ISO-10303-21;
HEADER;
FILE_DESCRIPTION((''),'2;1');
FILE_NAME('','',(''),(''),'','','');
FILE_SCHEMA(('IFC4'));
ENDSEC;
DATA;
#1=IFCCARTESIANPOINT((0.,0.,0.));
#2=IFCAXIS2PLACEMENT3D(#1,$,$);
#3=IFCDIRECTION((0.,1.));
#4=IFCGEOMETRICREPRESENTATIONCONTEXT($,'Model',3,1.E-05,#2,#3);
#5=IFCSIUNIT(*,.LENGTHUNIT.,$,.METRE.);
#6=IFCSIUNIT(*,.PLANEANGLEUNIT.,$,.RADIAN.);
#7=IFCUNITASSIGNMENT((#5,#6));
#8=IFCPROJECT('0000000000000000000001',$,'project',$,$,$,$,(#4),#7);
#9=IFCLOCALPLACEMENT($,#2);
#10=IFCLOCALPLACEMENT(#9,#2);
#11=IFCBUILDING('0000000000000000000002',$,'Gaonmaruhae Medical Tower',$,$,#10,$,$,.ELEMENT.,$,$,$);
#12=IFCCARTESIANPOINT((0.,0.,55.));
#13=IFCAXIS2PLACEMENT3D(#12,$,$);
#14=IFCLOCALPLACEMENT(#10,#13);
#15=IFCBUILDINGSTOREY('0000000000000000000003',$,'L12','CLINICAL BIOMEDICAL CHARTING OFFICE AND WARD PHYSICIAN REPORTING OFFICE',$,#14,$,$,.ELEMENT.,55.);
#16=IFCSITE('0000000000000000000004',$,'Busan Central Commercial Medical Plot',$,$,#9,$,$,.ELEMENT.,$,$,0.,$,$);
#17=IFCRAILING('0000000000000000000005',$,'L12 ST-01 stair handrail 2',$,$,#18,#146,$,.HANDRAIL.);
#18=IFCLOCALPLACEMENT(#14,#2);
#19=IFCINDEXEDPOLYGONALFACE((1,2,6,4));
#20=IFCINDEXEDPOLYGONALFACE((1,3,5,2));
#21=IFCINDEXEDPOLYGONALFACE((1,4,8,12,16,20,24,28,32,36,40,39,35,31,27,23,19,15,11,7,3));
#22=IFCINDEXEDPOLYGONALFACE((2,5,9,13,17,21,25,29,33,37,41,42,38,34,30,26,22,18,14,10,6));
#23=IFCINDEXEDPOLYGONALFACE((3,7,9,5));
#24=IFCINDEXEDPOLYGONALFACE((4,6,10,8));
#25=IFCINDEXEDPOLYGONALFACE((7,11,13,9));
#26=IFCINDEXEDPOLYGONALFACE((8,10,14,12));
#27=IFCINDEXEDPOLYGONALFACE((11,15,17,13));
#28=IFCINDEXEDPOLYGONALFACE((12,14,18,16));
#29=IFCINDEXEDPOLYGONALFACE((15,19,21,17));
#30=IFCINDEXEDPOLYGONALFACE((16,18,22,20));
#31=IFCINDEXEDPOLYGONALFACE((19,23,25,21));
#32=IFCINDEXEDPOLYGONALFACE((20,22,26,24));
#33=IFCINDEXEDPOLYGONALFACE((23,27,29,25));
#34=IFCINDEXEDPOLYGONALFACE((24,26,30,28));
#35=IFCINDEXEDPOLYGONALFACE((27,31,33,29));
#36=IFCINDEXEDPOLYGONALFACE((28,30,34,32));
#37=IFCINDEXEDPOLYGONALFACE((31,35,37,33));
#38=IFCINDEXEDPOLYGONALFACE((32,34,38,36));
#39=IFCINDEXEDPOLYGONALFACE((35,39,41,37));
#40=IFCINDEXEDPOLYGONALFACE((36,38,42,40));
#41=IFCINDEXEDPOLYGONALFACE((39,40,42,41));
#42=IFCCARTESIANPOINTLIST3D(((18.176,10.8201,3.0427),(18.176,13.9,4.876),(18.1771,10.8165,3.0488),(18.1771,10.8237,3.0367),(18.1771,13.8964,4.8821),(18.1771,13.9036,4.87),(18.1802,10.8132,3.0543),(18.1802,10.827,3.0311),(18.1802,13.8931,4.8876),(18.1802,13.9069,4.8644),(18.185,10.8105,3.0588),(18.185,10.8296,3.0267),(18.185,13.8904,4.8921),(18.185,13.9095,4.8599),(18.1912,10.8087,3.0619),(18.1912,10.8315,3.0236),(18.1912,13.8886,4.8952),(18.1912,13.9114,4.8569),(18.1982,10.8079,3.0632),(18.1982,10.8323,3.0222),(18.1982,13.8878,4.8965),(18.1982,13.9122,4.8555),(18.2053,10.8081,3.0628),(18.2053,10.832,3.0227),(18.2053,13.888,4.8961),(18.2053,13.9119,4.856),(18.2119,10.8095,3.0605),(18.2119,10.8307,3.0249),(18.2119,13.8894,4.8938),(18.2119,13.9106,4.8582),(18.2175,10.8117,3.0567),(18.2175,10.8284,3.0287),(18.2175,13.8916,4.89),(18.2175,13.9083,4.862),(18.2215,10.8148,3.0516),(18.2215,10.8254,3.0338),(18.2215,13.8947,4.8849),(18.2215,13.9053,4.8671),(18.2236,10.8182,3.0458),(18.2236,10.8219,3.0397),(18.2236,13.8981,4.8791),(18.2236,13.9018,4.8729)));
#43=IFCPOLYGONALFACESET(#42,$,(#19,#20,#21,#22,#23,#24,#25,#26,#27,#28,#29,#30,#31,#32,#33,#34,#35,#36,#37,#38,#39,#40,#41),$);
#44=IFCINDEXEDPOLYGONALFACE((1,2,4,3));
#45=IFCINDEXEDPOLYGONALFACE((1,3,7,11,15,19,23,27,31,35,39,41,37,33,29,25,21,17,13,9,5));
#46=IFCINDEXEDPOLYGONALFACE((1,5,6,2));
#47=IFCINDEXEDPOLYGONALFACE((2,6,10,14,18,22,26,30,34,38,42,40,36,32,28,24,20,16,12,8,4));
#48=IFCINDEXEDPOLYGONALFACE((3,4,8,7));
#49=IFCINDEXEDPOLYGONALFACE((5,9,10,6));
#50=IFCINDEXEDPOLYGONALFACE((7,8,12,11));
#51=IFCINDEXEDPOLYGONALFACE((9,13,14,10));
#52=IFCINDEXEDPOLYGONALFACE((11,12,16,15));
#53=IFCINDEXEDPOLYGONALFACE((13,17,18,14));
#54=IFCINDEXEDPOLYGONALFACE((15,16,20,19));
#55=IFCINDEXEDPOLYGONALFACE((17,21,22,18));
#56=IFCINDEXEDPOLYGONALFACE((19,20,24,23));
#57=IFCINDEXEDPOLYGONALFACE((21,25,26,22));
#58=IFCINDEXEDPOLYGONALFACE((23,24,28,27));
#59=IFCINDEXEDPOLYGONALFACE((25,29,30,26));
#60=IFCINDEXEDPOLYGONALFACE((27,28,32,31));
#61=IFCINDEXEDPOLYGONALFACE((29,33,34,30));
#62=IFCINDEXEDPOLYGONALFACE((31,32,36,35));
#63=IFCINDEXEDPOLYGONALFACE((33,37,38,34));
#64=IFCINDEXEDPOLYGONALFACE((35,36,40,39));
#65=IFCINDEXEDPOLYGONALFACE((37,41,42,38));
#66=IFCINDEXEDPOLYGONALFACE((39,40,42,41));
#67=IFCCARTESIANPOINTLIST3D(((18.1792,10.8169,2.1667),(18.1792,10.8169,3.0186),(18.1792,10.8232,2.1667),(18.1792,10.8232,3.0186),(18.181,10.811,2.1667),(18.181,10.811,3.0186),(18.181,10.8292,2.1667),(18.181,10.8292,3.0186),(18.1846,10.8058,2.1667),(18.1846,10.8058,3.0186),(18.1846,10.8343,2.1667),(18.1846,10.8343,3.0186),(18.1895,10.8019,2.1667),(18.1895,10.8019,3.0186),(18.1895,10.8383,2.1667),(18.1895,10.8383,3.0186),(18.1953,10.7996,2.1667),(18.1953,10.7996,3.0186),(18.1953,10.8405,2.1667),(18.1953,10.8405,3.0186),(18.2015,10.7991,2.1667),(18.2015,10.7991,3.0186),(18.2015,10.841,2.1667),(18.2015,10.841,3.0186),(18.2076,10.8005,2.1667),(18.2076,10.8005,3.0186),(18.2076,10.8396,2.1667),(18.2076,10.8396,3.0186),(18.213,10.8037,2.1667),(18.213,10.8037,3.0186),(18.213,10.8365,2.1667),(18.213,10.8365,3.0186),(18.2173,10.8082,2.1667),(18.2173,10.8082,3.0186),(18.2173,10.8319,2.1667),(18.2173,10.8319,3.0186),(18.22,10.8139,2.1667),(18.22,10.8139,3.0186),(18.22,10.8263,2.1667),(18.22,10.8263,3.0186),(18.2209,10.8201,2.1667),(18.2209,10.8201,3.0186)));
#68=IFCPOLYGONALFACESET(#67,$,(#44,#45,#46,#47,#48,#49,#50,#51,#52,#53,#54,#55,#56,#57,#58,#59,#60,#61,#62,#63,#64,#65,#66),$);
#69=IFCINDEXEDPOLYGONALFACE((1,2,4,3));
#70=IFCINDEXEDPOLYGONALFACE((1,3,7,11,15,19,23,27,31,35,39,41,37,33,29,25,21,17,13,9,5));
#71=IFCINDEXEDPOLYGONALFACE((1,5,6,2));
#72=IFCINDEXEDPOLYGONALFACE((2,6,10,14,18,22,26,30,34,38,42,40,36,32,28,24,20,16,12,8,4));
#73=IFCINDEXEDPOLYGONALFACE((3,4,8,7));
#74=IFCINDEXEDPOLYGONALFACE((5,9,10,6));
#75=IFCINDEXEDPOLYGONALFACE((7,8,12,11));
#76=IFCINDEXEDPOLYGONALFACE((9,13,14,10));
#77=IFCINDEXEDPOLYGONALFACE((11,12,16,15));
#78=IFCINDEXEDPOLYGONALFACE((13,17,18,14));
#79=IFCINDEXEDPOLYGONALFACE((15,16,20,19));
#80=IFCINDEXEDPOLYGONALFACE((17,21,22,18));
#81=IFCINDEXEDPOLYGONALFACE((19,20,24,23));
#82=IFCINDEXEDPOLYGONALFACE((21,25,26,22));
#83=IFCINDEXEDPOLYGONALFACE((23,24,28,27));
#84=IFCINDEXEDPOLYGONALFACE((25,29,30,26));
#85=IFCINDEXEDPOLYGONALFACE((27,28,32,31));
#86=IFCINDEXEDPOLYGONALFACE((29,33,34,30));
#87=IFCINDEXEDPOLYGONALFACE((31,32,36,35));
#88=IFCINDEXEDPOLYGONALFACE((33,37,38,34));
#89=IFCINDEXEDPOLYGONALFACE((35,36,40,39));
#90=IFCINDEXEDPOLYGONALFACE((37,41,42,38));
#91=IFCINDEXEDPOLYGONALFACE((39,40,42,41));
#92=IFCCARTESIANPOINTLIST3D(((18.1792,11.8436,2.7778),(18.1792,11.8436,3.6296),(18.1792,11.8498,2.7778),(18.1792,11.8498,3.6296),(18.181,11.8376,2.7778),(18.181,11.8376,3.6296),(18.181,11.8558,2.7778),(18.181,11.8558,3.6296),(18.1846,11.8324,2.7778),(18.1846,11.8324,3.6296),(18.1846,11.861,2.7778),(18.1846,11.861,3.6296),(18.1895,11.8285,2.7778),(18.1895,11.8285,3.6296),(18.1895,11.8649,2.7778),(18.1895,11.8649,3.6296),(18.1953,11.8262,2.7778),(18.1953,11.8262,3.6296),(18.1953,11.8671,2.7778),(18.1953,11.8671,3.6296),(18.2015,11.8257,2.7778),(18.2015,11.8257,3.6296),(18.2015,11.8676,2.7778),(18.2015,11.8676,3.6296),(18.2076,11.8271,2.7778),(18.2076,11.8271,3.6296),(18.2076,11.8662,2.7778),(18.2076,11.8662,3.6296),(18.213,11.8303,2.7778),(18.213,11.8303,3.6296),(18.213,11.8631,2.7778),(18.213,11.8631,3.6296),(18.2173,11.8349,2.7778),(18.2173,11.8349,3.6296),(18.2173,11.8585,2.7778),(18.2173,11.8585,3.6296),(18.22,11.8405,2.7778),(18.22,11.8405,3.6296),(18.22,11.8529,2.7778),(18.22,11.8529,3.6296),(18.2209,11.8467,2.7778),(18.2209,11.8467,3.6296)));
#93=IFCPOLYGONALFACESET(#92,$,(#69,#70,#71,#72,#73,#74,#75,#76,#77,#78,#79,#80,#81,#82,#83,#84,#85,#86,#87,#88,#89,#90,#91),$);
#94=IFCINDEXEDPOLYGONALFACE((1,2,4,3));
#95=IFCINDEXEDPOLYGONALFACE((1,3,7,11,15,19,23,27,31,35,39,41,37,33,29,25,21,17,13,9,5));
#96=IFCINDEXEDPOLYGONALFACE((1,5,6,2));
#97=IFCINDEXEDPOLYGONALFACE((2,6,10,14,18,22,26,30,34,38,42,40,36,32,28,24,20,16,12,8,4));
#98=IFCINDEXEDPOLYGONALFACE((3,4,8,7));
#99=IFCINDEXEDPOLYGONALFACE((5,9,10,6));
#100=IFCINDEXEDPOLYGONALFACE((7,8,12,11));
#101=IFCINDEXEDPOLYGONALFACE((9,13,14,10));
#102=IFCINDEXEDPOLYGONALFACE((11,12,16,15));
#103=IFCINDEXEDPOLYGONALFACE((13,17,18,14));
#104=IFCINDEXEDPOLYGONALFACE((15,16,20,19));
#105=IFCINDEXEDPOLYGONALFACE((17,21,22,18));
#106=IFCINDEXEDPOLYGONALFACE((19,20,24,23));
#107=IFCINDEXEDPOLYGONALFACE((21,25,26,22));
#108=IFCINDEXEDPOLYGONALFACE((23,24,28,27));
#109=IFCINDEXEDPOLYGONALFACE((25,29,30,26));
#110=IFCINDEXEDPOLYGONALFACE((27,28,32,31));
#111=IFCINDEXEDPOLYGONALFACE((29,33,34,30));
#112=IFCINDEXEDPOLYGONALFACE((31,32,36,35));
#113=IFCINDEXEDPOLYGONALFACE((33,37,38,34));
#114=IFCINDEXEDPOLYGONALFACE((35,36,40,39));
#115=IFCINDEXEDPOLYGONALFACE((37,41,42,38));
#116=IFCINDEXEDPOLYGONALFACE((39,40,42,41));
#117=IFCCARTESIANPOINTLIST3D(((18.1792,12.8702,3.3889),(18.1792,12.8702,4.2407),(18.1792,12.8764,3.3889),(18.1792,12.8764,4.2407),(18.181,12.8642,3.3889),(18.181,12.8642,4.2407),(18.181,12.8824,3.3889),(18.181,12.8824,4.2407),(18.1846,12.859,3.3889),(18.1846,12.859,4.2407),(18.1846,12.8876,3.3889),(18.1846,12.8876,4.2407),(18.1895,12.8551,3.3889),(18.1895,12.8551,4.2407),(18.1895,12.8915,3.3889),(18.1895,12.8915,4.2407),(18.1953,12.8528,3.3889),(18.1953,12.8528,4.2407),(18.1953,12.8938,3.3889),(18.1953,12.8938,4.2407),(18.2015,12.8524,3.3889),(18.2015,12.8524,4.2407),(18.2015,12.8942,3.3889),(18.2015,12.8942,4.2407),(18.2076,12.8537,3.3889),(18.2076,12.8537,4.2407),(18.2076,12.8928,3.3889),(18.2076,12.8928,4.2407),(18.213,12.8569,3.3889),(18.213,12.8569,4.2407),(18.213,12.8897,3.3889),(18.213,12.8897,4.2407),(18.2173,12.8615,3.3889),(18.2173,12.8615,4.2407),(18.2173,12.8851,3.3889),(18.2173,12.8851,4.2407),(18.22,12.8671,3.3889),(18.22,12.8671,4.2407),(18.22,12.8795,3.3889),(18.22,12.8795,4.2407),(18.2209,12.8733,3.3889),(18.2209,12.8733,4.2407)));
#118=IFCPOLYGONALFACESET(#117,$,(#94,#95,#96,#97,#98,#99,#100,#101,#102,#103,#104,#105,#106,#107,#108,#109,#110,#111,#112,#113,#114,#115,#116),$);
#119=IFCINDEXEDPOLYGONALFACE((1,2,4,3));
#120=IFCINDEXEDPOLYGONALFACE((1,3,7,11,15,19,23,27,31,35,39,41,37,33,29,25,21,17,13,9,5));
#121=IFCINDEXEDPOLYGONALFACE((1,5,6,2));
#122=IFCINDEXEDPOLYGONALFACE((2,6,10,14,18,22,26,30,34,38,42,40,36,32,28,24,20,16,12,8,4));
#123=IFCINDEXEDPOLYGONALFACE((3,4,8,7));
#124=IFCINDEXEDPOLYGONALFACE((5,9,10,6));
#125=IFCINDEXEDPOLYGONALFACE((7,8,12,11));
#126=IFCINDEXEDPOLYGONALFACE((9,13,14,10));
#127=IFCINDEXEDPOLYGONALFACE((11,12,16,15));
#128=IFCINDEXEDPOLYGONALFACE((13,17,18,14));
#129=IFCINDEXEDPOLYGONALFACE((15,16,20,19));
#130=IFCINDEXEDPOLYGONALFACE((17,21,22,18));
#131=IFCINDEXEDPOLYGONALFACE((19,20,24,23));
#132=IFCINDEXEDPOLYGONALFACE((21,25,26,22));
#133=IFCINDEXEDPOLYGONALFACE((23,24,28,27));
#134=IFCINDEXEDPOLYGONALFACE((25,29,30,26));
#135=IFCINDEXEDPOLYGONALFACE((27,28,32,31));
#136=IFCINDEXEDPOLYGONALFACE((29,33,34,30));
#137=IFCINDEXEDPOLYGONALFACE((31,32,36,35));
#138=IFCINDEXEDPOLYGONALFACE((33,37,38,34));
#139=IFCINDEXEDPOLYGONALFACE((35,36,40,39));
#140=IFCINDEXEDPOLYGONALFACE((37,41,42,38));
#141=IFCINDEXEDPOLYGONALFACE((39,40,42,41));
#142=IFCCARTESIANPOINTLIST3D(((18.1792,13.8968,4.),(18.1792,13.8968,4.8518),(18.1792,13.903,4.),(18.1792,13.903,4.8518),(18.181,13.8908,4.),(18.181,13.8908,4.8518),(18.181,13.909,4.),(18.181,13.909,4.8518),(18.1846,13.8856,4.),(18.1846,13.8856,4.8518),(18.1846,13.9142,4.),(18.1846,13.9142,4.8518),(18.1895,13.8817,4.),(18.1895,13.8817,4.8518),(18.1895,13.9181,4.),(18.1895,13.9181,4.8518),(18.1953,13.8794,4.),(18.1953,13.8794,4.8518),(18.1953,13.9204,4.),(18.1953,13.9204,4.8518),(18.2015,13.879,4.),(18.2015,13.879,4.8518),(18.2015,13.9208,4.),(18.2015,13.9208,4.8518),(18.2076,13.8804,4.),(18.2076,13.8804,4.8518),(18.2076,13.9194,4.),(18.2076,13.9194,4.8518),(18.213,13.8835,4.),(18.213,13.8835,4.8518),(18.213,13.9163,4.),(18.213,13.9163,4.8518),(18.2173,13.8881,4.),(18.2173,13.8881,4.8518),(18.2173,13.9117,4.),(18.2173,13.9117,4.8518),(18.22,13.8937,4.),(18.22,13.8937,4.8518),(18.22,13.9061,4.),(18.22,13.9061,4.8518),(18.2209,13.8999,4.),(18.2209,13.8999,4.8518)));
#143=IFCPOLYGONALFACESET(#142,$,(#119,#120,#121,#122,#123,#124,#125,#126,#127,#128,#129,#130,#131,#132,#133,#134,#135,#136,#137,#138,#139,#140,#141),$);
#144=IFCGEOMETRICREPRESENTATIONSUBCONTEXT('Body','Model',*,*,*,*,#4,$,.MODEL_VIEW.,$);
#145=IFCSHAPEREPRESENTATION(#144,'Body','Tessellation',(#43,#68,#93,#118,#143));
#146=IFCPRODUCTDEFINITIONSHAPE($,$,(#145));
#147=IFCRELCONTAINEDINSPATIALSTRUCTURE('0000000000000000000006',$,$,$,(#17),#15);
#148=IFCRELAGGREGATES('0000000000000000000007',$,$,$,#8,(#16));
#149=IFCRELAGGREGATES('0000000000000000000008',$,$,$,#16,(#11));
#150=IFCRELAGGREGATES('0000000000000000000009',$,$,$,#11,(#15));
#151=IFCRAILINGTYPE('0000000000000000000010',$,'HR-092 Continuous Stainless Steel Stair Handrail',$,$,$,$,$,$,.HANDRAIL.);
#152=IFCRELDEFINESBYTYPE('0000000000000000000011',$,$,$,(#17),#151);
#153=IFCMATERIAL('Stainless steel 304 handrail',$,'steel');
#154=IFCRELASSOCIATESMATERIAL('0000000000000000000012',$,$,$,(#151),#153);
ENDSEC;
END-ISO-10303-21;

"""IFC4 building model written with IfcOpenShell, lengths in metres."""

from ifc_helpers import new_model, si_unit, direction, frame, origin, origin_2d, place, context, subcontext, project, spatial, circle, extrude, material, type_object, element, save


model = new_model("IFC4")

# Units and contexts
model_context = context("Model", 3, precision=1e-05, world=origin(), true_north=direction((0.0, 1.0)))
body_context = subcontext(model_context, "Body", "Model", "MODEL_VIEW")
ifc_project = project(units=[si_unit("LENGTHUNIT", "METRE"), si_unit("PLANEANGLEUNIT", "RADIAN")], contexts=[model_context])

# Site, building, storey
site_placement = place(None, origin())
site = spatial("IfcSite", under=ifc_project, at=site_placement, Name="Busan Central Commercial Medical Plot", CompositionType="ELEMENT", RefElevation=0.0)
building_placement = place(site_placement, origin())
building = spatial("IfcBuilding", under=site, at=building_placement, Name="Gaonmaruhae Medical Tower", CompositionType="ELEMENT")
storey_placement = place(building_placement, frame((0.0, 0.0, 55.0)))
storey = spatial("IfcBuildingStorey", under=building, at=storey_placement, Name="L12", Description="CLINICAL BIOMEDICAL CHARTING OFFICE AND WARD PHYSICIAN REPORTING OFFICE", CompositionType="ELEMENT", Elevation=55.0)

# Railing
ifc_material_1 = material(Name="Stainless steel 304 handrail", Category="steel")
railing_type_1 = type_object("IfcRailingType", Name="HR-092 Continuous Stainless Steel Stair Handrail", PredefinedType="HANDRAIL", material=ifc_material_1)
railing_1_placement = place(storey_placement, frame((18.2, 10.8201, 2.1667)))
element("IfcRailing", 1, at=railing_1_placement, inside=storey, type_object=railing_type_1, Name="L12 ST-01 stair handrail 2", PredefinedType="HANDRAIL", context=body_context, shape_type="SweptSolid", body=[
    extrude(circle(Radius=0.0239, at=origin_2d()), frame((0.0, 0.0, 0.876), z_axis=(0.0, 0.859291, 0.511487), x_axis=(-1.0, 0.0, 0.0)), (0.0, 0.0, 1.0), 3.5842),
    extrude(circle(Radius=0.021, at=origin_2d()), origin(), (0.0, 0.0, 1.0), 0.8518),
    extrude(circle(Radius=0.021, at=origin_2d()), frame((0.0, 1.0266, 0.6111)), (0.0, 0.0, 1.0), 0.8518),
    extrude(circle(Radius=0.021, at=origin_2d()), frame((0.0, 2.0532, 1.2222)), (0.0, 0.0, 1.0), 0.8518),
    extrude(circle(Radius=0.021, at=origin_2d()), frame((0.0, 3.0798, 1.8333)), (0.0, 0.0, 1.0), 0.8518),
])

save(model, "model.ifc")
